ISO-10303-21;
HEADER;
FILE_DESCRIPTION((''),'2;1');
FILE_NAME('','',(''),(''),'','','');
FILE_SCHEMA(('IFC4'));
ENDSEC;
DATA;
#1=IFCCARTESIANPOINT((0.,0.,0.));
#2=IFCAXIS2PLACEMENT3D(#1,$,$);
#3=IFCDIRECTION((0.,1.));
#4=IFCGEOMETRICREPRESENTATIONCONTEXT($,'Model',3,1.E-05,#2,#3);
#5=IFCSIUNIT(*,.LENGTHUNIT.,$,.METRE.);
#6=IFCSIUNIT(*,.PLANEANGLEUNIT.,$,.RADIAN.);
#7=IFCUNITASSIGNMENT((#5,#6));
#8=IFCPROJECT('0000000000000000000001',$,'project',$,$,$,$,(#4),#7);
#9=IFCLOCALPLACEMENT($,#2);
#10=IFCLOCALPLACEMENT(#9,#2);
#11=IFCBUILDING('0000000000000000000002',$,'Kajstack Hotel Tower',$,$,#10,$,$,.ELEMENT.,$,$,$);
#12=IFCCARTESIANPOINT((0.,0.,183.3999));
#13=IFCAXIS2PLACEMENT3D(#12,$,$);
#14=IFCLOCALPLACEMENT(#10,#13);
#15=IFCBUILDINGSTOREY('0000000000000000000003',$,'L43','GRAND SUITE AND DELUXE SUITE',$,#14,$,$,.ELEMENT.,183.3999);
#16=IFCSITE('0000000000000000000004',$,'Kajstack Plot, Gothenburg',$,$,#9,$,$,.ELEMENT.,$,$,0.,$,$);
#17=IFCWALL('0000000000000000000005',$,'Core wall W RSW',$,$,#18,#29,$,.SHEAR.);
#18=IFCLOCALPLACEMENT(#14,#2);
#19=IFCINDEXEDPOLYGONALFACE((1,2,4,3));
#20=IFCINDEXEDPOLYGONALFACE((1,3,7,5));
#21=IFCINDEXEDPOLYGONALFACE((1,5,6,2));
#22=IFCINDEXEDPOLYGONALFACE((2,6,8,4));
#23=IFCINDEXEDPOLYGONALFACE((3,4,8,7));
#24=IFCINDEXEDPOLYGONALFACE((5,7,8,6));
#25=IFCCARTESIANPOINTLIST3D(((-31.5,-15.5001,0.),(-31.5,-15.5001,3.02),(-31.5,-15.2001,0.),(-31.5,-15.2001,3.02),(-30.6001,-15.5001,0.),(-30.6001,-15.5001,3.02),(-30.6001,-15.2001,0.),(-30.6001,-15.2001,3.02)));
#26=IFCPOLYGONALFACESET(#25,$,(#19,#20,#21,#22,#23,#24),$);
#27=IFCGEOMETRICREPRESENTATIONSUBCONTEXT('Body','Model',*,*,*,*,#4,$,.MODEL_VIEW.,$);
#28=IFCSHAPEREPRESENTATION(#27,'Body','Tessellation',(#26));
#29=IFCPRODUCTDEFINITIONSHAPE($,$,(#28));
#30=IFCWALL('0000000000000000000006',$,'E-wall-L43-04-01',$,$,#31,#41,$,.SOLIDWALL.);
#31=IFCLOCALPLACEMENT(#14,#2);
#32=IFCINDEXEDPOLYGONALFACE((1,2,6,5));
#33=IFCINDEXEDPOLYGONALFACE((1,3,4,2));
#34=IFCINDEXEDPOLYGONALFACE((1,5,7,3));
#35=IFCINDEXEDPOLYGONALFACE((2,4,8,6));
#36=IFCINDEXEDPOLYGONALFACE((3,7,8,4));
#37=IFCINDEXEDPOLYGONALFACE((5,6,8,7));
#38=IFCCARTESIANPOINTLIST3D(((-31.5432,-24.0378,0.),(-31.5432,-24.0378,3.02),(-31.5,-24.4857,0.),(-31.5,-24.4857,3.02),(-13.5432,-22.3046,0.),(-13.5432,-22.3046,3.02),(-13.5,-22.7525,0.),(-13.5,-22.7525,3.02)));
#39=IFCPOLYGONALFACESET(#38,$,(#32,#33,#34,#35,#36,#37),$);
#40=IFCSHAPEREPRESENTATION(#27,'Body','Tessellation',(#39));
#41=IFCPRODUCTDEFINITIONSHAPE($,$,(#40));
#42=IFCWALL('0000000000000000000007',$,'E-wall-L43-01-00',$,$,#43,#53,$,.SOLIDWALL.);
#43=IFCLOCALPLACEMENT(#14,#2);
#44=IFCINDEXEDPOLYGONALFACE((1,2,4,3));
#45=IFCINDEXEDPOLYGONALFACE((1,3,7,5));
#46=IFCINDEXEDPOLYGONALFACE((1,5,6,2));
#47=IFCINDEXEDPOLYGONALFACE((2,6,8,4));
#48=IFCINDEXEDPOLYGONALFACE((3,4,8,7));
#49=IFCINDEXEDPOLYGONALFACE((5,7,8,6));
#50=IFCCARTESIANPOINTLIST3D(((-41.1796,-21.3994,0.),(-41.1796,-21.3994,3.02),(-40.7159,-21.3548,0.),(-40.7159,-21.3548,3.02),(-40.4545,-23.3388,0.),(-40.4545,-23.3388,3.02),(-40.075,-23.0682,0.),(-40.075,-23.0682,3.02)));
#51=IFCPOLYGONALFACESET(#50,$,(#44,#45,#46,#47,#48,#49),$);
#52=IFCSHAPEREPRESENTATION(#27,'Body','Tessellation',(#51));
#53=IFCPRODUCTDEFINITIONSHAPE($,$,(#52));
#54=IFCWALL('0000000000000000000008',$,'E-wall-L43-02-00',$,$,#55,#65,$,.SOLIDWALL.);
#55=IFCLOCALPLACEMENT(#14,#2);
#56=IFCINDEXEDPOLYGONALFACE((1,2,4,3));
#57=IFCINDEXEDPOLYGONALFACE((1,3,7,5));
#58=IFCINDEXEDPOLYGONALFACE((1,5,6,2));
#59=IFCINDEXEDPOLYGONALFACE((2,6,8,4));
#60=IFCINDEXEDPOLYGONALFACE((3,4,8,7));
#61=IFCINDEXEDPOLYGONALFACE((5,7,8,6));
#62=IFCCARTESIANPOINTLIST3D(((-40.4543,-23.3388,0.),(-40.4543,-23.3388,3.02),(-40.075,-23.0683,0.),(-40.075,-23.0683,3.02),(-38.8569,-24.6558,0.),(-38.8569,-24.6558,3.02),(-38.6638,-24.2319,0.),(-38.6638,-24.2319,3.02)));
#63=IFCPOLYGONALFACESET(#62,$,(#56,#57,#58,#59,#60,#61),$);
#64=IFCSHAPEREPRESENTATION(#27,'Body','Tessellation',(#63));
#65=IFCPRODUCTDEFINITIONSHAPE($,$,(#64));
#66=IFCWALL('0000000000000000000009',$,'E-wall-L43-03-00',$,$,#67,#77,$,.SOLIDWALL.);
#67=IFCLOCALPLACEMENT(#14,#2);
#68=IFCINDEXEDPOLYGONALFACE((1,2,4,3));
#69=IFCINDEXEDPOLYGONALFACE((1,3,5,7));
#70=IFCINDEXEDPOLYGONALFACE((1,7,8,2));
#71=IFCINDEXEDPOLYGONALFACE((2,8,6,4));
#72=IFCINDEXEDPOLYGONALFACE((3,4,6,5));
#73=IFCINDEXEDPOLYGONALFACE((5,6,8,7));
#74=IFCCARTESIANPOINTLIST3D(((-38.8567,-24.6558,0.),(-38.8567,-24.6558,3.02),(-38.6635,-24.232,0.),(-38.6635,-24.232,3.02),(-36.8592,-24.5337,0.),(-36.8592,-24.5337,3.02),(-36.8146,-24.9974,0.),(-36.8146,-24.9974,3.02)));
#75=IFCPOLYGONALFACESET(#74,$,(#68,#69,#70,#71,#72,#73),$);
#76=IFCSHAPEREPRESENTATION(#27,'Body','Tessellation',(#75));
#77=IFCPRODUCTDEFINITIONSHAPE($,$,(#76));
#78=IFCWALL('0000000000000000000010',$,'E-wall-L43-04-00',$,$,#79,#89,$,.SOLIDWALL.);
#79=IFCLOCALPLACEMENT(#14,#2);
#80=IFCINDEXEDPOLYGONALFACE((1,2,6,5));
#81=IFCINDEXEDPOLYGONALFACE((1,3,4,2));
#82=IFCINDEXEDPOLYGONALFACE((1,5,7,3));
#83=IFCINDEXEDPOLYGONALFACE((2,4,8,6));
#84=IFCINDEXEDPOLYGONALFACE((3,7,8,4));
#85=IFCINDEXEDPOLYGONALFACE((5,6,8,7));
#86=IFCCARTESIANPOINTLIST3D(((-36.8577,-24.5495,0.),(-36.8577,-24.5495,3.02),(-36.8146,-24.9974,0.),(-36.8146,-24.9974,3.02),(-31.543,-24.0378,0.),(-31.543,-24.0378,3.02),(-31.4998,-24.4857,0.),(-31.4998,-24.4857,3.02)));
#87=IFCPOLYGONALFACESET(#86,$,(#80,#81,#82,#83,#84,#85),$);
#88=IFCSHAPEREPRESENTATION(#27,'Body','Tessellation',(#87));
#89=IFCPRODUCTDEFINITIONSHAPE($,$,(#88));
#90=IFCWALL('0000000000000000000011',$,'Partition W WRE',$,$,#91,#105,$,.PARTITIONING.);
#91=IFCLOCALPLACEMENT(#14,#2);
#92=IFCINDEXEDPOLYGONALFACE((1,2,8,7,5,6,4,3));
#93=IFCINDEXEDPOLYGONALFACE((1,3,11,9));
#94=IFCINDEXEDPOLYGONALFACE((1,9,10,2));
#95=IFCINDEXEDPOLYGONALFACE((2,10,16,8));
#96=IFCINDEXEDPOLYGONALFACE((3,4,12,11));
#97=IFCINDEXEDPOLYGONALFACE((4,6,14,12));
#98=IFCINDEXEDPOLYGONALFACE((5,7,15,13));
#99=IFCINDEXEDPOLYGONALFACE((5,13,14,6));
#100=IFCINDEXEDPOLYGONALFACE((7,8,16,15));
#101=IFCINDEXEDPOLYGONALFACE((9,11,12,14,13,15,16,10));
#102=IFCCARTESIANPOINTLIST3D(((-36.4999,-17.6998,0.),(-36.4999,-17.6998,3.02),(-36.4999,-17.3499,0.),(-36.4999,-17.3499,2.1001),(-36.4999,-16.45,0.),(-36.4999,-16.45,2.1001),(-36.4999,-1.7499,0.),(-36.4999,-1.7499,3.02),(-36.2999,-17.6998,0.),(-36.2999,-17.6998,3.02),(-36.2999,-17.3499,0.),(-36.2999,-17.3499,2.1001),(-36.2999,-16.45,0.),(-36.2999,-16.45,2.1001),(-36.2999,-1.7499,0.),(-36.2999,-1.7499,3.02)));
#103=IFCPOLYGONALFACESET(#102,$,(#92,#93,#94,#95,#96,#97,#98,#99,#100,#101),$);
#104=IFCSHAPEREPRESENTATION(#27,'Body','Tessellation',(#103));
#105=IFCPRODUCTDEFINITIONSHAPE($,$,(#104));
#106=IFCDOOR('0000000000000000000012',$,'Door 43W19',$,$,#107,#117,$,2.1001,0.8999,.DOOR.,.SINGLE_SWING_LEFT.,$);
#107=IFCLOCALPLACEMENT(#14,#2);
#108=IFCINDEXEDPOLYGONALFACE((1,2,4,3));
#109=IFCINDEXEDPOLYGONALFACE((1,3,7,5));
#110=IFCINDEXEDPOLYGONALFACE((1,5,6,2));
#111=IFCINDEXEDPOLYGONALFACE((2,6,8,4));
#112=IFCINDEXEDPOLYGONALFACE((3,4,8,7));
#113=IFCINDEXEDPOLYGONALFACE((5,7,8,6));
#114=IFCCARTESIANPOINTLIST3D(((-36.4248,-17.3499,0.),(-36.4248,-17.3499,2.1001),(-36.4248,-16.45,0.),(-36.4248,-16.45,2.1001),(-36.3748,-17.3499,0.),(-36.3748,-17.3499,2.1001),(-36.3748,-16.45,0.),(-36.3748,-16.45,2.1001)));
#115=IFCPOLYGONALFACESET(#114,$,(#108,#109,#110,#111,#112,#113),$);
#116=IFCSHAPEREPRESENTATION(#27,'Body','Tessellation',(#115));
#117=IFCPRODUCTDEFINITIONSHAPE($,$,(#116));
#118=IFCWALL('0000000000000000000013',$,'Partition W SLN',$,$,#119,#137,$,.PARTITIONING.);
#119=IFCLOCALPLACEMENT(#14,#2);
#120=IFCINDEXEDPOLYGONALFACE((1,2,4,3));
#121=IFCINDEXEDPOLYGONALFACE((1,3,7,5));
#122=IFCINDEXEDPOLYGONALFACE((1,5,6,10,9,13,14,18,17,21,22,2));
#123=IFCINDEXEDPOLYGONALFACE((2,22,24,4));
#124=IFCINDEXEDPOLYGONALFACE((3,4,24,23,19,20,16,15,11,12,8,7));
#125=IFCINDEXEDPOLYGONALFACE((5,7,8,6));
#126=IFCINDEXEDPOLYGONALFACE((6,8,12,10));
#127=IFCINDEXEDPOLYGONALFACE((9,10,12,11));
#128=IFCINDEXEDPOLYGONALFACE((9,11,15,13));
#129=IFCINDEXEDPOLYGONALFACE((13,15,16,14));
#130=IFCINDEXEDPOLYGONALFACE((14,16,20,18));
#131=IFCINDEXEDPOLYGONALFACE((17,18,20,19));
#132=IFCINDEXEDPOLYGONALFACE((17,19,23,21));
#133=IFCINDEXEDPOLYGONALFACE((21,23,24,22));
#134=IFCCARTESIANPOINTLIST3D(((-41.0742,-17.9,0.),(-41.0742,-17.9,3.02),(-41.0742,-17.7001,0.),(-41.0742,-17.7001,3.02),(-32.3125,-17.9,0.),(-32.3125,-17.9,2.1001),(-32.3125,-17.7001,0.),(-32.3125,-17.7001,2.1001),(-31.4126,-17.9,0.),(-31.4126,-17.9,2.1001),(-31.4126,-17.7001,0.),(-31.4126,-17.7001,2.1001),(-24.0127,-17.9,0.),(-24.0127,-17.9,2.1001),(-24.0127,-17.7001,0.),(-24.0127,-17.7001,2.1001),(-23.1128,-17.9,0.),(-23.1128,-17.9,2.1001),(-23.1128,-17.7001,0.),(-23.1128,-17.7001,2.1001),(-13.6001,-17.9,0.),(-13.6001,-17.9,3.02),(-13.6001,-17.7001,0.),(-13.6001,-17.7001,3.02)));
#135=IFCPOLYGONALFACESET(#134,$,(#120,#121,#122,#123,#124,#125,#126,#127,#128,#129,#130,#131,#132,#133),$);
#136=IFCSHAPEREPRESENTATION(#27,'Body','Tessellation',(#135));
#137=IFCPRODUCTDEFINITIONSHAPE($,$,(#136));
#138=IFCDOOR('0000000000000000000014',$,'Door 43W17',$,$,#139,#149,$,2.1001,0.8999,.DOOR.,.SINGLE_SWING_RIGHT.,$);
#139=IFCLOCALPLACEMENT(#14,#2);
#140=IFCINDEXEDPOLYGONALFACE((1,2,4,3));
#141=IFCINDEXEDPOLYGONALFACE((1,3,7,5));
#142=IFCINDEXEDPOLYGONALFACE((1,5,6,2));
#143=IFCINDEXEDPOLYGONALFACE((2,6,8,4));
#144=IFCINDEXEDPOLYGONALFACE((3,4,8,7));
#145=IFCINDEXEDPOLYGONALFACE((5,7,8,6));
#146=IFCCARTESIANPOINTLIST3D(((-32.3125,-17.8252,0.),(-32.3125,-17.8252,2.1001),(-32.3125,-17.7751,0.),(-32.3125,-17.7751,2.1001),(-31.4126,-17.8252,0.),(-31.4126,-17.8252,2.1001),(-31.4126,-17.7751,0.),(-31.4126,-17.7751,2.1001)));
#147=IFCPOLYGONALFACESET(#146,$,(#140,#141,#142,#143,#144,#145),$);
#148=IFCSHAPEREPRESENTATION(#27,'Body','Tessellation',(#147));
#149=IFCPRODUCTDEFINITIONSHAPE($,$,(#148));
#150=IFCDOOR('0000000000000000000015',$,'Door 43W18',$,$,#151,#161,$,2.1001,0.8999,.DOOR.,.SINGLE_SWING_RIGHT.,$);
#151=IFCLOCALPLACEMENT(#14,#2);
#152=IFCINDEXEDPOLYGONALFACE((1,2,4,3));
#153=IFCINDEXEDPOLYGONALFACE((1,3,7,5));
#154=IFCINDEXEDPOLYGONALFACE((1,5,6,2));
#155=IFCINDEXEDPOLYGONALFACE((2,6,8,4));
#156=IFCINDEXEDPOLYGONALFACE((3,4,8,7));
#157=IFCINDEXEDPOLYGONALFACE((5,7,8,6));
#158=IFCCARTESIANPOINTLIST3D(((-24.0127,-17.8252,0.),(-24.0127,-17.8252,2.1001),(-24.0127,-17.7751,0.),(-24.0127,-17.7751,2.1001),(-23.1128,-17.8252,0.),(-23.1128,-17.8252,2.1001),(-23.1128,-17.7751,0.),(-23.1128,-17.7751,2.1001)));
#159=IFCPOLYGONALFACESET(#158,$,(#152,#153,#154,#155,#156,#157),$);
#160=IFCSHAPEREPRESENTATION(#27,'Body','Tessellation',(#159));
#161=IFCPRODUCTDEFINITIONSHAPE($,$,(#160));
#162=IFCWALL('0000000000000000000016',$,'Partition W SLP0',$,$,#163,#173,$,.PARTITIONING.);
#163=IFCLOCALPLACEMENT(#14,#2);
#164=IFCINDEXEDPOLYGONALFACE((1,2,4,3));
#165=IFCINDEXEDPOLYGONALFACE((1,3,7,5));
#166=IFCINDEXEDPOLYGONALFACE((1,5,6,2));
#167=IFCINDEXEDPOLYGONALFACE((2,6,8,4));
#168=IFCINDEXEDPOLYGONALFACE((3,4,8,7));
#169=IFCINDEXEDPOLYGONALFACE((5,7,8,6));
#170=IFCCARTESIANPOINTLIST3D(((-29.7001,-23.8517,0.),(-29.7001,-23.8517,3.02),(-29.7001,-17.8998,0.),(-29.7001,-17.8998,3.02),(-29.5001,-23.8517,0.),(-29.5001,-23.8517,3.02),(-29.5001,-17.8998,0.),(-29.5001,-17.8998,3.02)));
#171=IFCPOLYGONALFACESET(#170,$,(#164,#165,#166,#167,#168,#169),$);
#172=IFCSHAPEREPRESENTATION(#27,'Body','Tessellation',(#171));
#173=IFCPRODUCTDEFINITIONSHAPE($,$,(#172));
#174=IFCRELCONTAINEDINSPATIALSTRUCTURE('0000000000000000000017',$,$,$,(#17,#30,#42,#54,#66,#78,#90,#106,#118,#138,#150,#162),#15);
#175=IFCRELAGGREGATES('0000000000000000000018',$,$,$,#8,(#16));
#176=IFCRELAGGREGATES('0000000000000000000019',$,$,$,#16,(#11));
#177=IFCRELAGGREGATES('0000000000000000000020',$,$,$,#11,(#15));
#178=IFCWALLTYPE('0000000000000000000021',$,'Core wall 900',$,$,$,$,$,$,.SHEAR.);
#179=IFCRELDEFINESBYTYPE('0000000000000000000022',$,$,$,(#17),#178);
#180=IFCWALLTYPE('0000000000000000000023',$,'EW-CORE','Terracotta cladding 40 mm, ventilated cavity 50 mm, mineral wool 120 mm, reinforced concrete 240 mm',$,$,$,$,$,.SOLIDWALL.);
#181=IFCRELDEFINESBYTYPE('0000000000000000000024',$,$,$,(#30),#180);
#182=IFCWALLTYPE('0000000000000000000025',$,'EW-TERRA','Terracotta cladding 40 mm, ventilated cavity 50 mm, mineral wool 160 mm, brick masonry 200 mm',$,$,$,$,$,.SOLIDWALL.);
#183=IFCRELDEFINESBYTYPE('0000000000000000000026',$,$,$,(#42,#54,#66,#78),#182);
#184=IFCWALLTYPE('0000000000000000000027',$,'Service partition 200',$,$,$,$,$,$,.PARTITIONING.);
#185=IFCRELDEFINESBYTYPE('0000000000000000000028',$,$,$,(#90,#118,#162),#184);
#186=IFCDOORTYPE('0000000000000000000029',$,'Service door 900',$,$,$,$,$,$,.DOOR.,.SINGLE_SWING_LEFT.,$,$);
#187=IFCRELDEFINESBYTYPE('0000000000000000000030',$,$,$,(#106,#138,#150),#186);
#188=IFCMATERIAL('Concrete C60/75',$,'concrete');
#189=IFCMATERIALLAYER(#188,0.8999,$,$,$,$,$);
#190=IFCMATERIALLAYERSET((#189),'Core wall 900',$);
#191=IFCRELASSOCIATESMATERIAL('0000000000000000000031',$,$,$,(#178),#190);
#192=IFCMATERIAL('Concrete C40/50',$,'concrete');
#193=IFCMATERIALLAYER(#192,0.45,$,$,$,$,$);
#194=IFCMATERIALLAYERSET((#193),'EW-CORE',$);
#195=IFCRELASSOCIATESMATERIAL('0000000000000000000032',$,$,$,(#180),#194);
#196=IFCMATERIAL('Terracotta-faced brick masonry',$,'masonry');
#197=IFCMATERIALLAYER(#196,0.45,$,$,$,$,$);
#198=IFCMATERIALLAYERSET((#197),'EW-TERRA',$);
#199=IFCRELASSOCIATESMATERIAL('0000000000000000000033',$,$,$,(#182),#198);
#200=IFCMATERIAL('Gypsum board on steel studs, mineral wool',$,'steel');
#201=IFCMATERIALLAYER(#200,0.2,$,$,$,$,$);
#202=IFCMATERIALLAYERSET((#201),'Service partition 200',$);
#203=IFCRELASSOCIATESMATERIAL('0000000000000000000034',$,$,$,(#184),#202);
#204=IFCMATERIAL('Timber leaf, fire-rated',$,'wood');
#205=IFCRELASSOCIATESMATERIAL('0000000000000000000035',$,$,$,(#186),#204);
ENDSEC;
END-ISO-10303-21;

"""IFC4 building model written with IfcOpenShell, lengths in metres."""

from ifc_helpers import new_model, si_unit, direction, frame, frame_2d, origin, place, context, subcontext, project, spatial, polyline, rectangle, outline, extrude, material, layer, layer_set, type_object, element, fill, save


model = new_model("IFC4")

# Units and contexts
model_context = context("Model", 3, precision=1e-05, world=origin(), true_north=direction((0.0, 1.0)))
body_context = subcontext(model_context, "Body", "Model", "MODEL_VIEW")
ifc_project = project(units=[si_unit("LENGTHUNIT", "METRE"), si_unit("PLANEANGLEUNIT", "RADIAN")], contexts=[model_context])

# Site, building, storey
site_placement = place(None, origin())
site = spatial("IfcSite", under=ifc_project, at=site_placement, Name="Kajstack Plot, Gothenburg", CompositionType="ELEMENT", RefElevation=0.0)
building_placement = place(site_placement, origin())
building = spatial("IfcBuilding", under=site, at=building_placement, Name="Kajstack Hotel Tower", CompositionType="ELEMENT")
storey_placement = place(building_placement, frame((0.0, 0.0, 183.3999)))
storey = spatial("IfcBuildingStorey", under=building, at=storey_placement, Name="L43", Description="GRAND SUITE AND DELUXE SUITE", CompositionType="ELEMENT", Elevation=183.3999)

# Walls
ifc_material_1 = material(Name="Concrete C60/75", Category="concrete")
ifc_layer_1 = layer(ifc_material_1, 0.8999)
ifc_layer_set_1 = layer_set([ifc_layer_1], Name="Core wall 900")
wall_type_1 = type_object("IfcWallType", Name="Core wall 900", PredefinedType="SHEAR", material=ifc_layer_set_1)
wall_1_placement = place(storey_placement, frame((-31.5, -15.3501, 0.0), z_axis=(0.0, 0.0, 1.0), x_axis=(1.0, 0.0, 0.0)))
element("IfcWall", 1, at=wall_1_placement, inside=storey, type_object=wall_type_1, Name="Core wall W RSW", PredefinedType="SHEAR", context=body_context, shape_type="SweptSolid", body=[
    extrude(rectangle(XDim=0.8999, YDim=0.3, at=frame_2d((0.45, 0.0))), origin(), (0.0, 0.0, 1.0), 3.02),
])
ifc_material_2 = material(Name="Concrete C40/50", Category="concrete")
ifc_layer_2 = layer(ifc_material_2, 0.45)
ifc_layer_set_2 = layer_set([ifc_layer_2], Name="EW-CORE")
wall_type_2 = type_object("IfcWallType", Name="EW-CORE", Description="Terracotta cladding 40 mm, ventilated cavity 50 mm, mineral wool 120 mm, reinforced concrete 240 mm", PredefinedType="SOLIDWALL", material=ifc_layer_set_2)
wall_2_placement = place(storey_placement, frame((-31.5215, -24.2617, 0.0), z_axis=(0.0, 0.0, 1.0), x_axis=(0.995396, 0.095843, 0.0)))
element("IfcWall", 2, at=wall_2_placement, inside=storey, type_object=wall_type_2, Name="E-wall-L43-04-01", PredefinedType="SOLIDWALL", context=body_context, shape_type="SweptSolid", body=[
    extrude(rectangle(XDim=18.0833, YDim=0.45, at=frame_2d((9.0415, 0.0))), origin(), (0.0, 0.0, 1.0), 3.02),
])
ifc_material_3 = material(Name="Terracotta-faced brick masonry", Category="masonry")
ifc_layer_3 = layer(ifc_material_3, 0.45)
ifc_layer_set_3 = layer_set([ifc_layer_3], Name="EW-TERRA")
wall_type_3 = type_object("IfcWallType", Name="EW-TERRA", Description="Terracotta cladding 40 mm, ventilated cavity 50 mm, mineral wool 160 mm, brick masonry 200 mm", PredefinedType="SOLIDWALL", material=ifc_layer_set_3)
wall_3_placement = place(storey_placement, frame((-40.9688, -21.3206, 0.0), z_axis=(0.0, 0.0, 1.0), x_axis=(0.350193, -0.936678, 0.0)))
element("IfcWall", 3, at=wall_3_placement, inside=storey, type_object=wall_type_3, Name="E-wall-L43-01-00", PredefinedType="SOLIDWALL", context=body_context, shape_type="SweptSolid", body=[
    extrude(outline(polyline([(0.0, -0.2251), (2.0706, -0.2251), (1.95, 0.2251), (0.1206, 0.2249), (0.0, -0.2251)])), origin(), (0.0, 0.0, 1.0), 3.02),
])
wall_4_placement = place(storey_placement, frame((-40.3113, -23.1653, 0.0), z_axis=(0.0, 0.0, 1.0), x_axis=(0.771651, -0.636046, 0.0)))
element("IfcWall", 4, at=wall_4_placement, inside=storey, type_object=wall_type_3, Name="E-wall-L43-02-00", PredefinedType="SOLIDWALL", context=body_context, shape_type="SweptSolid", body=[
    extrude(outline(polyline([(0.0, -0.2249), (2.0703, -0.2251), (1.9497, 0.2249), (0.1206, 0.2251), (0.0, -0.2249)])), origin(), (0.0, 0.0, 1.0), 3.02),
])
wall_5_placement = place(storey_placement, frame((-38.8196, -24.4338, 0.0), z_axis=(0.0, 0.0, 1.0), x_axis=(0.986279, -0.165087, 0.0)))
element("IfcWall", 5, at=wall_5_placement, inside=storey, type_object=wall_type_3, Name="E-wall-L43-03-00", PredefinedType="SOLIDWALL", context=body_context, shape_type="SweptSolid", body=[
    extrude(outline(polyline([(0.0, -0.2251), (2.0706, -0.2249), (1.95, 0.2251), (0.1206, 0.2249), (0.0, -0.2251)])), origin(), (0.0, 0.0, 1.0), 3.02),
])
wall_6_placement = place(storey_placement, frame((-36.8362, -24.7734, 0.0), z_axis=(0.0, 0.0, 1.0), x_axis=(0.995397, 0.09584, 0.0)))
element("IfcWall", 6, at=wall_6_placement, inside=storey, type_object=wall_type_3, Name="E-wall-L43-04-00", PredefinedType="SOLIDWALL", context=body_context, shape_type="SweptSolid", body=[
    extrude(rectangle(XDim=5.3394, YDim=0.45, at=frame_2d((2.6697, 0.0))), origin(), (0.0, 0.0, 1.0), 3.02),
])

# Wall, opening, door
ifc_material_4 = material(Name="Gypsum board on steel studs, mineral wool", Category="steel")
ifc_layer_4 = layer(ifc_material_4, 0.2)
ifc_layer_set_4 = layer_set([ifc_layer_4], Name="Service partition 200")
wall_type_4 = type_object("IfcWallType", Name="Service partition 200", PredefinedType="PARTITIONING", material=ifc_layer_set_4)
wall_7_placement = place(storey_placement, frame((-36.3999, -17.7, 0.0), z_axis=(0.0, 0.0, 1.0), x_axis=(0.0, 1.0, 0.0)))
wall_7 = element("IfcWall", 7, at=wall_7_placement, inside=storey, type_object=wall_type_4, Name="Partition W WRE", PredefinedType="PARTITIONING", context=body_context, shape_type="SweptSolid", body=[
    extrude(rectangle(XDim=15.95, YDim=0.2, at=frame_2d((7.9751, 0.0))), origin(), (0.0, 0.0, 1.0), 3.02),
])
opening_1_placement = place(wall_7_placement, frame((0.3501, 0.0, 0.0)))
opening_1 = element("IfcOpeningElement", 8, at=opening_1_placement, cuts=wall_7, PredefinedType="OPENING", context=body_context, shape_type="SweptSolid", body=[
    extrude(rectangle(XDim=0.8999, YDim=2.1001, at=frame_2d((0.45, 1.05))), frame((0.0, 0.1099, 0.0), z_axis=(0.0, -1.0, 0.0), x_axis=(1.0, 0.0, 0.0)), (0.0, 0.0, 1.0), 0.22),
])
ifc_material_5 = material(Name="Timber leaf, fire-rated", Category="wood")
door_type_1 = type_object("IfcDoorType", Name="Service door 900", OperationType="SINGLE_SWING_LEFT", PredefinedType="DOOR", material=ifc_material_5)
door_1_placement = place(opening_1_placement, origin())
door_1 = element("IfcDoor", 9, at=door_1_placement, inside=storey, type_object=door_type_1, Name="Door 43W19", OperationType="SINGLE_SWING_LEFT", OverallHeight=2.1001, OverallWidth=0.8999, PredefinedType="DOOR", context=body_context, shape_type="SweptSolid", body=[
    extrude(rectangle(XDim=0.8999, YDim=2.1001, at=frame_2d((0.45, 1.05))), frame((0.0, 0.0249, 0.0), z_axis=(0.0, -1.0, 0.0), x_axis=(1.0, 0.0, 0.0)), (0.0, 0.0, 1.0), 0.05),
])
fill(opening_1, door_1)

# Wall, openings, doors
wall_8_placement = place(storey_placement, frame((-41.0742, -17.8, 0.0), z_axis=(0.0, 0.0, 1.0), x_axis=(1.0, 0.0, 0.0)))
wall_8 = element("IfcWall", 10, at=wall_8_placement, inside=storey, type_object=wall_type_4, Name="Partition W SLN", PredefinedType="PARTITIONING", context=body_context, shape_type="SweptSolid", body=[
    extrude(rectangle(XDim=27.4741, YDim=0.2, at=frame_2d((13.7371, 0.0))), origin(), (0.0, 0.0, 1.0), 3.02),
])
opening_2_placement = place(wall_8_placement, frame((8.7617, 0.0, 0.0)))
opening_2 = element("IfcOpeningElement", 11, at=opening_2_placement, cuts=wall_8, PredefinedType="OPENING", context=body_context, shape_type="SweptSolid", body=[
    extrude(rectangle(XDim=0.8999, YDim=2.1001, at=frame_2d((0.45, 1.05))), frame((0.0, 0.1099, 0.0), z_axis=(0.0, -1.0, 0.0), x_axis=(1.0, 0.0, 0.0)), (0.0, 0.0, 1.0), 0.22),
])
opening_3_placement = place(wall_8_placement, frame((17.0615, 0.0, 0.0)))
opening_3 = element("IfcOpeningElement", 12, at=opening_3_placement, cuts=wall_8, PredefinedType="OPENING", context=body_context, shape_type="SweptSolid", body=[
    extrude(rectangle(XDim=0.8999, YDim=2.1001, at=frame_2d((0.45, 1.05))), frame((0.0, 0.1099, 0.0), z_axis=(0.0, -1.0, 0.0), x_axis=(1.0, 0.0, 0.0)), (0.0, 0.0, 1.0), 0.22),
])
door_2_placement = place(opening_2_placement, origin())
door_2 = element("IfcDoor", 13, at=door_2_placement, inside=storey, type_object=door_type_1, Name="Door 43W17", OperationType="SINGLE_SWING_RIGHT", OverallHeight=2.1001, OverallWidth=0.8999, PredefinedType="DOOR", context=body_context, shape_type="SweptSolid", body=[
    extrude(rectangle(XDim=0.8999, YDim=2.1001, at=frame_2d((0.45, 1.05))), frame((0.0, 0.0249, 0.0), z_axis=(0.0, -1.0, 0.0), x_axis=(1.0, 0.0, 0.0)), (0.0, 0.0, 1.0), 0.05),
])
fill(opening_2, door_2)
door_3_placement = place(opening_3_placement, origin())
door_3 = element("IfcDoor", 14, at=door_3_placement, inside=storey, type_object=door_type_1, Name="Door 43W18", OperationType="SINGLE_SWING_RIGHT", OverallHeight=2.1001, OverallWidth=0.8999, PredefinedType="DOOR", context=body_context, shape_type="SweptSolid", body=[
    extrude(rectangle(XDim=0.8999, YDim=2.1001, at=frame_2d((0.45, 1.05))), frame((0.0, 0.0249, 0.0), z_axis=(0.0, -1.0, 0.0), x_axis=(1.0, 0.0, 0.0)), (0.0, 0.0, 1.0), 0.05),
])
fill(opening_3, door_3)

# Wall
wall_9_placement = place(storey_placement, frame((-29.6001, -23.8518, 0.0), z_axis=(0.0, 0.0, 1.0), x_axis=(0.0, 1.0, 0.0)))
element("IfcWall", 15, at=wall_9_placement, inside=storey, type_object=wall_type_4, Name="Partition W SLP0", PredefinedType="PARTITIONING", context=body_context, shape_type="SweptSolid", body=[
    extrude(rectangle(XDim=5.9519, YDim=0.2, at=frame_2d((2.9761, 0.0))), origin(), (0.0, 0.0, 1.0), 3.02),
])

save(model, "model.ifc")
